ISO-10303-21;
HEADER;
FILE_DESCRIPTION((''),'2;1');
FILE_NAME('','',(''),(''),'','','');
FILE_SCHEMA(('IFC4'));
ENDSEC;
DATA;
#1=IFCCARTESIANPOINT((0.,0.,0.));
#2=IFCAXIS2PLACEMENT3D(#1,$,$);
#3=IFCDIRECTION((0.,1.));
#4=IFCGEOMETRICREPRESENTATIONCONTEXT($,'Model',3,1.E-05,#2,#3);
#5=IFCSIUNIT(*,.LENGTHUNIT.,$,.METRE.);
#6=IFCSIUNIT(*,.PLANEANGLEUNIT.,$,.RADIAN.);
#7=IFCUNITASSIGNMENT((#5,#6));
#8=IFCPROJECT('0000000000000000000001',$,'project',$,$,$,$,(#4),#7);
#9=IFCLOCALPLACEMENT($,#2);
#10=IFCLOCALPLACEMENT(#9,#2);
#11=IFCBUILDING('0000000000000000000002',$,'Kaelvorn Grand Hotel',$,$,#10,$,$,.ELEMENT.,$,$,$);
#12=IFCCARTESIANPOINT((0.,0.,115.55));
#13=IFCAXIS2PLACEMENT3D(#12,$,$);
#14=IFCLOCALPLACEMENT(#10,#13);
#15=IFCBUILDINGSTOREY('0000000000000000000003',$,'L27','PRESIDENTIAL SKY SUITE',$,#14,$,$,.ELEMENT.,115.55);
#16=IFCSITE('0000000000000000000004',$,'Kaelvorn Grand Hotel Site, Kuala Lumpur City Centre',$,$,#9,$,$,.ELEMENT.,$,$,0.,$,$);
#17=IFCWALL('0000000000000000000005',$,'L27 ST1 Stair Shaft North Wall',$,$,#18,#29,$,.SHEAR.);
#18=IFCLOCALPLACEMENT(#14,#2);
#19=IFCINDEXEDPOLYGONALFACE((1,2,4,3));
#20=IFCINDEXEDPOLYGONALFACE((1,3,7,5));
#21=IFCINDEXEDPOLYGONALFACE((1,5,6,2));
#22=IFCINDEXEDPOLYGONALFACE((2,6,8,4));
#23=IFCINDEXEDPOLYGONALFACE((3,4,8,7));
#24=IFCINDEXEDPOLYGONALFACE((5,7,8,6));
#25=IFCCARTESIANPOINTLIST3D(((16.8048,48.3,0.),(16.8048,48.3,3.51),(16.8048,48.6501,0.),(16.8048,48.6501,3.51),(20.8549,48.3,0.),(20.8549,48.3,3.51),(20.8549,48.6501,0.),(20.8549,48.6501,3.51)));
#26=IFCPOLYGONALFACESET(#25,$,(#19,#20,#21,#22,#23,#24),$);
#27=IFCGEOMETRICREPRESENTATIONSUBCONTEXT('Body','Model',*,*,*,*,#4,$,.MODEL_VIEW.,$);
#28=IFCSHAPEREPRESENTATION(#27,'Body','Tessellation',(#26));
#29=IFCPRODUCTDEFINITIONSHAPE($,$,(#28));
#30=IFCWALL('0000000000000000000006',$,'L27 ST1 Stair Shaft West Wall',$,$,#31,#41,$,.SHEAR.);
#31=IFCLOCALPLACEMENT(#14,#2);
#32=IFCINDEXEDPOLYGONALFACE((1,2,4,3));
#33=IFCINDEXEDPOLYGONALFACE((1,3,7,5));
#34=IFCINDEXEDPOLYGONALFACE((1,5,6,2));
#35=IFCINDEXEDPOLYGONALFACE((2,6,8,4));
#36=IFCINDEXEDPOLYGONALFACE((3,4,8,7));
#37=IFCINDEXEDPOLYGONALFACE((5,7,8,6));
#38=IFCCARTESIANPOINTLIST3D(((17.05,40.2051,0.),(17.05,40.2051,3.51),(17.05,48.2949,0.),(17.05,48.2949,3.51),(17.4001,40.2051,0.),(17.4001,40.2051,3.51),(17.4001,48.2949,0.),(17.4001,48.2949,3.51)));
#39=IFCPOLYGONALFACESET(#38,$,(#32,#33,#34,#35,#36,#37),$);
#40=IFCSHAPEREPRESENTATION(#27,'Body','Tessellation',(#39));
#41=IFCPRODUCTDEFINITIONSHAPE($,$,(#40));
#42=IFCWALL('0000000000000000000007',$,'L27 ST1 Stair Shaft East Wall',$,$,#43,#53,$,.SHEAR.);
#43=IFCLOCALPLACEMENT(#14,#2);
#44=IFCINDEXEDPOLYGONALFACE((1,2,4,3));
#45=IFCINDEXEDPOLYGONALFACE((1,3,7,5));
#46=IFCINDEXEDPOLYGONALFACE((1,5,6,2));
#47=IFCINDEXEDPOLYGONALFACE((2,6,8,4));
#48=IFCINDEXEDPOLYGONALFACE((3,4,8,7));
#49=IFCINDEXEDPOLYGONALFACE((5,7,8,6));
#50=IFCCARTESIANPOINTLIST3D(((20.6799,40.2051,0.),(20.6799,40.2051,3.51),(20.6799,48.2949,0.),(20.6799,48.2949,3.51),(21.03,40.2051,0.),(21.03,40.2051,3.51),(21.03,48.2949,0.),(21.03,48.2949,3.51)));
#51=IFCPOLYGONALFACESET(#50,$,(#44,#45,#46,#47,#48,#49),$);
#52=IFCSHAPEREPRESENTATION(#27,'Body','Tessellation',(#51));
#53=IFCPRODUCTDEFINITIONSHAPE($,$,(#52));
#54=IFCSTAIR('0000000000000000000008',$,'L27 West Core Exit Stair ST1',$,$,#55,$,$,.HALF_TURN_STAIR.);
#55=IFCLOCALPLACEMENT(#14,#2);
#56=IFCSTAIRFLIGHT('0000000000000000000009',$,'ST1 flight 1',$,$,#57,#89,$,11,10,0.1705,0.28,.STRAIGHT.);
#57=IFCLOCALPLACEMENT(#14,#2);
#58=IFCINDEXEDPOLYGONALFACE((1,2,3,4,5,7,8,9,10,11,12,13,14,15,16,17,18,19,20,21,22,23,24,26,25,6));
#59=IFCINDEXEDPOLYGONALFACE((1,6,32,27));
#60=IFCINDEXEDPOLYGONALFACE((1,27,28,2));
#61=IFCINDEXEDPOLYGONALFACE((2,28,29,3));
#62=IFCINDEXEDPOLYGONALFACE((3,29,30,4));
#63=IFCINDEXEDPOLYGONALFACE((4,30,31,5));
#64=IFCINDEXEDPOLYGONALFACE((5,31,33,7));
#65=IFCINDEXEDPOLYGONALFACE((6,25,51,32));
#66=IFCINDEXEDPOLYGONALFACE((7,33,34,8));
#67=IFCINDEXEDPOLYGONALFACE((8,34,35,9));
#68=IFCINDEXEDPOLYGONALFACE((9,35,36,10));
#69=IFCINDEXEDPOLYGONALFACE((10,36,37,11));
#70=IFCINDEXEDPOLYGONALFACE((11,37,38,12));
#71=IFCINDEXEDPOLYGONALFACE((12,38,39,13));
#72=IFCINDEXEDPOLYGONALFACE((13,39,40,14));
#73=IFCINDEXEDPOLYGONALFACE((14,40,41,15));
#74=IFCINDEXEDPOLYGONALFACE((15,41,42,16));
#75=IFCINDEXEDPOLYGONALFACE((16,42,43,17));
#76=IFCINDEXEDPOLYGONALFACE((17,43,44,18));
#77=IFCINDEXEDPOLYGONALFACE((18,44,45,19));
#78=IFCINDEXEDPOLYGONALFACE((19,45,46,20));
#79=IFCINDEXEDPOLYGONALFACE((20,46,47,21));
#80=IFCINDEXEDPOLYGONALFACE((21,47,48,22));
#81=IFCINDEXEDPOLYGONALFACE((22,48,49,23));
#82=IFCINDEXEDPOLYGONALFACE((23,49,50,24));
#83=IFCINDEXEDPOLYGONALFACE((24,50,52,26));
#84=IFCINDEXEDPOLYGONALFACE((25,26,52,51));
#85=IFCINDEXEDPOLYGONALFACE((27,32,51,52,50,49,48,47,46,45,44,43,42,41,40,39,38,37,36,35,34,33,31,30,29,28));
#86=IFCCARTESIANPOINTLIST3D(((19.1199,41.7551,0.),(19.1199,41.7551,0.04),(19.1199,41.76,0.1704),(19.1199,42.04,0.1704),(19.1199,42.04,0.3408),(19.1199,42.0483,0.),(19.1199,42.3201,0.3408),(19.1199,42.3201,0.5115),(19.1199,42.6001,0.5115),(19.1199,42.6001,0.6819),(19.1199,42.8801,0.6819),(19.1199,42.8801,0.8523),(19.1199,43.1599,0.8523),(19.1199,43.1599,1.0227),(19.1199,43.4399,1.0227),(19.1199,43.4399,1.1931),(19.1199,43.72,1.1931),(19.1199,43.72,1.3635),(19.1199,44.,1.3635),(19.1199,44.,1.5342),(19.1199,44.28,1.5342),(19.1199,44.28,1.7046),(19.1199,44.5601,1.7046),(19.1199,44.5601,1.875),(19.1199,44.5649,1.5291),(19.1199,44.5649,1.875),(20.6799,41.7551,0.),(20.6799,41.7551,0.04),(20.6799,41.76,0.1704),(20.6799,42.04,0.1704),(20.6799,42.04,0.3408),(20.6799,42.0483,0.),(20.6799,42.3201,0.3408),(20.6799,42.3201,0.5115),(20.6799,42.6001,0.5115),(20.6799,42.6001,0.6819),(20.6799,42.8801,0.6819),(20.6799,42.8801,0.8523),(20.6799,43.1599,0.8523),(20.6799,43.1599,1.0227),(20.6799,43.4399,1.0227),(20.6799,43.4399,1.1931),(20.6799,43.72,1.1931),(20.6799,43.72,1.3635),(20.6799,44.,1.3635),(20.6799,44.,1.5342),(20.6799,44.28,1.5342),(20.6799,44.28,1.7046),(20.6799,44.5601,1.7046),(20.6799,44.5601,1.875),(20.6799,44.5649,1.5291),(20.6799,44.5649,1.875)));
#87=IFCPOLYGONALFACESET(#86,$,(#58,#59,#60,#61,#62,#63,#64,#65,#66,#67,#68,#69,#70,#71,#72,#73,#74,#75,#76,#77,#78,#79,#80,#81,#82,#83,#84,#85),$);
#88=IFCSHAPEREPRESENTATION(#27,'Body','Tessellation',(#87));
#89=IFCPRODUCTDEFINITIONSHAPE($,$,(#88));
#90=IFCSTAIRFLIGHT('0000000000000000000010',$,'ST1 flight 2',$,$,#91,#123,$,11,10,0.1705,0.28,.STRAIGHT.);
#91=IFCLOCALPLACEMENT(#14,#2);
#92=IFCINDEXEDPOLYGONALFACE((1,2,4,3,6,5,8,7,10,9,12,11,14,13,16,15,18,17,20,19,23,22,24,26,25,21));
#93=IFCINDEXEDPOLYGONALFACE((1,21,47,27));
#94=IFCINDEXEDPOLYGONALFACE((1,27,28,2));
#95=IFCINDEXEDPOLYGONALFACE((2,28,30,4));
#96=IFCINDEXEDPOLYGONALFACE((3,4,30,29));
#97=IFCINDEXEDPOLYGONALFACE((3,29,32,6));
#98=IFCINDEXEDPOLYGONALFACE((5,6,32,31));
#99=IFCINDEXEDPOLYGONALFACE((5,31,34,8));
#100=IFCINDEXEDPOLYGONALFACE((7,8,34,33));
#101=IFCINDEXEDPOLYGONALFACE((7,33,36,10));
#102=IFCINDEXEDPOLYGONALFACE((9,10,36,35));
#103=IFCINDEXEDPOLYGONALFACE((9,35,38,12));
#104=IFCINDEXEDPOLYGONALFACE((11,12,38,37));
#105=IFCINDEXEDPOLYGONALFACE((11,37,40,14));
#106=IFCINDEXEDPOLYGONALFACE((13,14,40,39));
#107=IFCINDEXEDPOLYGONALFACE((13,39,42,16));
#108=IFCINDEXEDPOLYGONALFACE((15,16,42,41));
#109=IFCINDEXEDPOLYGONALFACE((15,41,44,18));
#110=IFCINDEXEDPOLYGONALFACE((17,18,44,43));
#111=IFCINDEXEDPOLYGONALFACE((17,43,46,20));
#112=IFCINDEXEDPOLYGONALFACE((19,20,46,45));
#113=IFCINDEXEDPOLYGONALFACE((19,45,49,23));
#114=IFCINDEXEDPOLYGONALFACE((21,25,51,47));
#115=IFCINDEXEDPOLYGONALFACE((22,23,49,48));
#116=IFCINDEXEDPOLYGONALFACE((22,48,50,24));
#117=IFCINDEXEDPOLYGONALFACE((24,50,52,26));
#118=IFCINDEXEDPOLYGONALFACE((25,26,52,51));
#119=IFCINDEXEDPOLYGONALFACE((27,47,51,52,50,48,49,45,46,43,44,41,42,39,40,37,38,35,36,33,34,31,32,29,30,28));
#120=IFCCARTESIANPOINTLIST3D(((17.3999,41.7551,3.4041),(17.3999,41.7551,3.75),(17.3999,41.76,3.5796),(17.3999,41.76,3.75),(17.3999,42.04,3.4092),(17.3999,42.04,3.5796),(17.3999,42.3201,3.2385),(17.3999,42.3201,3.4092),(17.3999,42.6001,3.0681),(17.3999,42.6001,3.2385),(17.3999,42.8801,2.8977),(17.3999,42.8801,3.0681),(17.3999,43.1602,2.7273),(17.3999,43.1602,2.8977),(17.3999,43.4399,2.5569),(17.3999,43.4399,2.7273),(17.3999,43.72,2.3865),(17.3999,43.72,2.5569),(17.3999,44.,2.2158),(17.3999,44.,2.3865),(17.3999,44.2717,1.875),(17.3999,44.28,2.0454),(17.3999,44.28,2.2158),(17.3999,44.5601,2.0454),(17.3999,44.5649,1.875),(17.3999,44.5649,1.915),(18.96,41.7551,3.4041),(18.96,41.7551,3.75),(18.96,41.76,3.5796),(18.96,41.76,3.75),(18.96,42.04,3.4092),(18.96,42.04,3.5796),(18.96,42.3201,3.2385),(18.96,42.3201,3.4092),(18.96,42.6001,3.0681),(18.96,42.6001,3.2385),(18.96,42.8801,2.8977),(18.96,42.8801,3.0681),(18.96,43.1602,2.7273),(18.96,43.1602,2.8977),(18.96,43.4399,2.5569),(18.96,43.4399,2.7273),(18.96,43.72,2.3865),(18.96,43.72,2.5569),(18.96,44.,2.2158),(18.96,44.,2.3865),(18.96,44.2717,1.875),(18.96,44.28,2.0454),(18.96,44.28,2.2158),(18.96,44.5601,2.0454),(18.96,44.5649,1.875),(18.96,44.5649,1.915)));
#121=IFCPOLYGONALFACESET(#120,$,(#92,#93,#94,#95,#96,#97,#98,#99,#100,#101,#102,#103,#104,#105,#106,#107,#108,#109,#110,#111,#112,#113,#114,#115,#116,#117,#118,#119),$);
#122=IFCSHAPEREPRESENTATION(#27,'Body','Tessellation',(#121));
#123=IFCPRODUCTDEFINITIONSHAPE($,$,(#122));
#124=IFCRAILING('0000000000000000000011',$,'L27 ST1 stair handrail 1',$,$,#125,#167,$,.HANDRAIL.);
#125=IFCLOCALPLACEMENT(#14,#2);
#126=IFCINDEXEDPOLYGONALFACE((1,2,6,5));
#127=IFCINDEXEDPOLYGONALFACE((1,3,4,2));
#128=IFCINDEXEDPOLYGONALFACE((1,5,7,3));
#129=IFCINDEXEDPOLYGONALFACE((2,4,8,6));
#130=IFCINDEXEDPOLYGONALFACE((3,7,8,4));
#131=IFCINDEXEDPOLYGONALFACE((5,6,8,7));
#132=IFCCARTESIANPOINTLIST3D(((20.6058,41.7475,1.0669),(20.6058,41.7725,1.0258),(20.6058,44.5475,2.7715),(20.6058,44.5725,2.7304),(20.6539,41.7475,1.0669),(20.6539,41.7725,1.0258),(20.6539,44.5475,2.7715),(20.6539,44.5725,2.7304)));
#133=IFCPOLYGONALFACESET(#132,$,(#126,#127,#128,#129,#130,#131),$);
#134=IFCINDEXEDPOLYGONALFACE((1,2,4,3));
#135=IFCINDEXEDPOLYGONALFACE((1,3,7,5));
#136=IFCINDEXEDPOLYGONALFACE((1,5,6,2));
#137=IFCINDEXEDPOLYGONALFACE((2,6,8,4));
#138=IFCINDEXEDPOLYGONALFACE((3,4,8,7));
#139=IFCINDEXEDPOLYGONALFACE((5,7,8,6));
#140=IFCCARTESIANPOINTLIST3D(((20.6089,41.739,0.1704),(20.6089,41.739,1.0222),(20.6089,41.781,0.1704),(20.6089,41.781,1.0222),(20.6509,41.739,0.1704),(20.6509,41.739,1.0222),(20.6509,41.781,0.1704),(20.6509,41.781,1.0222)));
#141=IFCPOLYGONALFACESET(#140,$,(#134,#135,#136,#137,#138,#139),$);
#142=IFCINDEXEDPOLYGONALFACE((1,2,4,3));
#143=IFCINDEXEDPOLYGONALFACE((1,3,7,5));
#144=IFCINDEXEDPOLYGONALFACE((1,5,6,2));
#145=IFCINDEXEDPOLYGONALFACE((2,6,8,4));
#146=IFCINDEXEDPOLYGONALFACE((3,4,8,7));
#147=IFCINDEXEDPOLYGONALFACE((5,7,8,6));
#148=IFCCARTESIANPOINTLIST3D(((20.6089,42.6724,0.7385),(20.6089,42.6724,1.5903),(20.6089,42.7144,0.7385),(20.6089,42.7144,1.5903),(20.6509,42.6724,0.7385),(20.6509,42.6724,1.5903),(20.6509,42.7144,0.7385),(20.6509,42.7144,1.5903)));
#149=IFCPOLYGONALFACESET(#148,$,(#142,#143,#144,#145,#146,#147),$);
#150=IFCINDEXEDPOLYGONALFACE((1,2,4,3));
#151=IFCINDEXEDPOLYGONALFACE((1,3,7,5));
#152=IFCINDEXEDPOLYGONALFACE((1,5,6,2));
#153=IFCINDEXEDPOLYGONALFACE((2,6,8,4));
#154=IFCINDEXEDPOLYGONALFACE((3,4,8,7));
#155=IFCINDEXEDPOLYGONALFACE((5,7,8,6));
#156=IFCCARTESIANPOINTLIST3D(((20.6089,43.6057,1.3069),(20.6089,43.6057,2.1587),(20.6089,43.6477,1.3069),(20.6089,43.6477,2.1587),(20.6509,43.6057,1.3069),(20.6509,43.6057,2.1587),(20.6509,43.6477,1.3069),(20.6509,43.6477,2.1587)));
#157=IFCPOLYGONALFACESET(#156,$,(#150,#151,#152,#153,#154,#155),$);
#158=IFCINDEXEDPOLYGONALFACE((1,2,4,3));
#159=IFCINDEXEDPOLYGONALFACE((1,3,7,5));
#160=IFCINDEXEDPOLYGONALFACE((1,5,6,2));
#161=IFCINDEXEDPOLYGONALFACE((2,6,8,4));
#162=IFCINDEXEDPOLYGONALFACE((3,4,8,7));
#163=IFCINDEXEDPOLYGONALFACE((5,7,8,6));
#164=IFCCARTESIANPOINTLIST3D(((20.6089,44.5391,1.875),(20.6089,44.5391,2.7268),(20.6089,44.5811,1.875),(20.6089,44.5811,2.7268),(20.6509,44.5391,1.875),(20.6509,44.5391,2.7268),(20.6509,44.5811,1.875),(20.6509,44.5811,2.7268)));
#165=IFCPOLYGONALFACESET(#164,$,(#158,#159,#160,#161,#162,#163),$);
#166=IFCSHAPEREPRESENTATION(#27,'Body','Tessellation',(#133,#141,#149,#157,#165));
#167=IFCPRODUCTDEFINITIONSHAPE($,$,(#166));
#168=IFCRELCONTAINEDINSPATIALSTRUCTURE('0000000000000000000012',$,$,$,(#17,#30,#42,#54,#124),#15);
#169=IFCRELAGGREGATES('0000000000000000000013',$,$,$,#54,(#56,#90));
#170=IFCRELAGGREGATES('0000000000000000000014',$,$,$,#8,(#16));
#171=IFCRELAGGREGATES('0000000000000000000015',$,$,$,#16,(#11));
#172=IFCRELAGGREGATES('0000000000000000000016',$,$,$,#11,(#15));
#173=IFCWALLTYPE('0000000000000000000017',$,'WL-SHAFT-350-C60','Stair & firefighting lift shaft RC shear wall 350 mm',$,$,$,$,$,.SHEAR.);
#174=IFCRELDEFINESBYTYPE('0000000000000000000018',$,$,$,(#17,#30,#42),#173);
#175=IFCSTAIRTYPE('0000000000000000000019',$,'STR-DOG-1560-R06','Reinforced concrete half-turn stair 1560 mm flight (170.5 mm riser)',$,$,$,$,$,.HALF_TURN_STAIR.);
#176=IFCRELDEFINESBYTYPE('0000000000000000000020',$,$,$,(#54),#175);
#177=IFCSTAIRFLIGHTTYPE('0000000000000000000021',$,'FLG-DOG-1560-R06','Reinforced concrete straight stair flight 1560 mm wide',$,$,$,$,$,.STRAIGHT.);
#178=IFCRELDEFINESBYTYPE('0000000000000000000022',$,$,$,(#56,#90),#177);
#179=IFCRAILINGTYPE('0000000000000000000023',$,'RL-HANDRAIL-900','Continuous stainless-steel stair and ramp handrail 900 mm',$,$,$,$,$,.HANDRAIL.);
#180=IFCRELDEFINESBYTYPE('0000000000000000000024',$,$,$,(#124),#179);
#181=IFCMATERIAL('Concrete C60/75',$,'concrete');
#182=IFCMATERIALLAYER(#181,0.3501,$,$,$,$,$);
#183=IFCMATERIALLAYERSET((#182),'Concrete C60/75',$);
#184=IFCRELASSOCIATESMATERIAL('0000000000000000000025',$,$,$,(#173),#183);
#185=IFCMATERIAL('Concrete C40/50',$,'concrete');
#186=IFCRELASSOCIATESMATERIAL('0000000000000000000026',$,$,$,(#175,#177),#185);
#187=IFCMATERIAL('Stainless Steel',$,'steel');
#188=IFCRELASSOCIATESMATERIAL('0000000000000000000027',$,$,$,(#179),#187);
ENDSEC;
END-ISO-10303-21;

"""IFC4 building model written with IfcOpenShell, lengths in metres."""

from ifc_helpers import new_model, si_unit, direction, frame, frame_2d, origin, origin_2d, place, context, subcontext, project, spatial, polyline, rectangle, outline, extrude, material, layer, layer_set, type_object, element, aggregate, save


model = new_model("IFC4")

# Units and contexts
model_context = context("Model", 3, precision=1e-05, world=origin(), true_north=direction((0.0, 1.0)))
body_context = subcontext(model_context, "Body", "Model", "MODEL_VIEW")
ifc_project = project(units=[si_unit("LENGTHUNIT", "METRE"), si_unit("PLANEANGLEUNIT", "RADIAN")], contexts=[model_context])

# Site, building, storey
site_placement = place(None, origin())
site = spatial("IfcSite", under=ifc_project, at=site_placement, Name="Kaelvorn Grand Hotel Site, Kuala Lumpur City Centre", CompositionType="ELEMENT", RefElevation=0.0)
building_placement = place(site_placement, origin())
building = spatial("IfcBuilding", under=site, at=building_placement, Name="Kaelvorn Grand Hotel", CompositionType="ELEMENT")
storey_placement = place(building_placement, frame((0.0, 0.0, 115.55)))
storey = spatial("IfcBuildingStorey", under=building, at=storey_placement, Name="L27", Description="PRESIDENTIAL SKY SUITE", CompositionType="ELEMENT", Elevation=115.55)

# Shared definitions
ifc_material_1 = material(Name="Concrete C60/75", Category="concrete")

# Shared definitions
ifc_material_2 = material(Name="Concrete C40/50", Category="concrete")

# Shared definitions
ifc_material_3 = material(Name="Stainless Steel", Category="steel")

# Shared definitions
ifc_layer_1 = layer(ifc_material_1, 0.3501)
ifc_layer_set_1 = layer_set([ifc_layer_1], Name="Concrete C60/75")
wall_type_1 = type_object("IfcWallType", Name="WL-SHAFT-350-C60", Description="Stair & firefighting lift shaft RC shear wall 350 mm", PredefinedType="SHEAR", material=ifc_layer_set_1)

# Walls
wall_1_placement = place(storey_placement, frame((16.8049, 48.4751, 0.0), z_axis=(0.0, 0.0, 1.0), x_axis=(1.0, 0.0, 0.0)))
element("IfcWall", 1, at=wall_1_placement, inside=storey, type_object=wall_type_1, Name="L27 ST1 Stair Shaft North Wall", PredefinedType="SHEAR", context=body_context, shape_type="SweptSolid", body=[
    extrude(rectangle(XDim=4.05, YDim=0.3501, at=frame_2d((2.0249, 0.0))), origin(), (0.0, 0.0, 1.0), 3.51),
])
for number, where, z_axis, x_axis, name in (
    (2, (17.2251, 40.2051, 0.0), (0.0, 0.0, 1.0), (0.0, 1.0, 0.0), "L27 ST1 Stair Shaft West Wall"),
    (3, (20.855, 40.2051, 0.0), (0.0, 0.0, 1.0), (0.0, 1.0, 0.0), "L27 ST1 Stair Shaft East Wall"),
):
    element("IfcWall", number, at=place(storey_placement, frame(where, z_axis=z_axis, x_axis=x_axis)), inside=storey, type_object=wall_type_1, Name=name, PredefinedType="SHEAR", context=body_context, shape_type="SweptSolid", body=[
        extrude(rectangle(XDim=8.0898, YDim=0.3501, at=frame_2d((4.0449, 0.0))), origin(), (0.0, 0.0, 1.0), 3.51),
    ])

# Stair, stair flights
stair_type = type_object("IfcStairType", Name="STR-DOG-1560-R06", Description="Reinforced concrete half-turn stair 1560 mm flight (170.5 mm riser)", PredefinedType="HALF_TURN_STAIR", material=ifc_material_2)
stair_placement = place(storey_placement, origin())
stair = element("IfcStair", 4, at=stair_placement, inside=storey, type_object=stair_type, Name="L27 West Core Exit Stair ST1", PredefinedType="HALF_TURN_STAIR")
stair_flight_type = type_object("IfcStairFlightType", Name="FLG-DOG-1560-R06", Description="Reinforced concrete straight stair flight 1560 mm wide", PredefinedType="STRAIGHT", material=ifc_material_2)
stair_flight_1_placement = place(storey_placement, frame((19.8999, 41.76, 0.0), z_axis=(0.0, 0.0, 1.0), x_axis=(0.0, 1.0, 0.0)))
stair_flight_1 = element("IfcStairFlight", 5, at=stair_flight_1_placement, type_object=stair_flight_type, Name="ST1 flight 1", NumberOfRisers=11, NumberOfTreads=10, PredefinedType="STRAIGHT", RiserHeight=0.1705, TreadLength=0.28, context=body_context, shape_type="SweptSolid", body=[
    extrude(outline(polyline([(-0.0049, 0.0), (-0.0049, 0.04), (0.0, 0.1704), (0.28, 0.1704), (0.28, 0.3408), (0.5601, 0.3408), (0.5601, 0.5115), (0.8401, 0.5115), (0.8401, 0.6819), (1.1201, 0.6819), (1.1201, 0.8523), (1.3999, 0.8523), (1.3999, 1.0227), (1.6799, 1.0227), (1.6799, 1.1931), (1.96, 1.1931), (1.96, 1.3635), (2.24, 1.3635), (2.24, 1.5342), (2.52, 1.5342), (2.52, 1.7046), (2.8, 1.7046), (2.8, 1.875), (2.8049, 1.875), (2.8049, 1.5291), (0.2883, 0.0), (-0.0049, 0.0)])), frame((0.0, 0.78, 0.0), z_axis=(0.0, -1.0, 0.0), x_axis=(1.0, 0.0, 0.0)), (0.0, 0.0, 1.0), 1.5601),
])
stair_flight_2_placement = place(storey_placement, frame((18.1799, 44.5601, 1.875), z_axis=(0.0, 0.0, 1.0), x_axis=(0.0, -1.0, 0.0)))
stair_flight_2 = element("IfcStairFlight", 6, at=stair_flight_2_placement, type_object=stair_flight_type, Name="ST1 flight 2", NumberOfRisers=11, NumberOfTreads=10, PredefinedType="STRAIGHT", RiserHeight=0.1705, TreadLength=0.28, context=body_context, shape_type="SweptSolid", body=[
    extrude(outline(polyline([(-0.0049, 0.0), (-0.0049, 0.04), (0.0, 0.1704), (0.28, 0.1704), (0.28, 0.3408), (0.5601, 0.3408), (0.5601, 0.5115), (0.8401, 0.5115), (0.8401, 0.6819), (1.1201, 0.6819), (1.1201, 0.8523), (1.3999, 0.8523), (1.3999, 1.0227), (1.6799, 1.0227), (1.6799, 1.1931), (1.96, 1.1931), (1.96, 1.3635), (2.24, 1.3635), (2.24, 1.5342), (2.52, 1.5342), (2.52, 1.7046), (2.8, 1.7046), (2.8, 1.875), (2.8049, 1.875), (2.8049, 1.5291), (0.2883, 0.0), (-0.0049, 0.0)])), frame((0.0, 0.78, 0.0), z_axis=(0.0, -1.0, 0.0), x_axis=(1.0, 0.0, 0.0)), (0.0, 0.0, 1.0), 1.5601),
])
aggregate(stair, [stair_flight_1, stair_flight_2])

# Railing
railing_type_1 = type_object("IfcRailingType", Name="RL-HANDRAIL-900", Description="Continuous stainless-steel stair and ramp handrail 900 mm", PredefinedType="HANDRAIL", material=ifc_material_3)
railing_1_placement = place(storey_placement, frame((20.6299, 41.76, 0.1704)))
element("IfcRailing", 7, at=railing_1_placement, inside=storey, type_object=railing_type_1, Name="L27 ST1 stair handrail 1", PredefinedType="HANDRAIL", context=body_context, shape_type="SweptSolid", body=[
    extrude(rectangle(XDim=0.0481, YDim=0.0481, at=origin_2d()), frame((0.0, 0.0, 0.876), z_axis=(0.0, 0.85417, 0.519994), x_axis=(-1.0, 0.0, 0.0)), (0.0, 0.0, 1.0), 3.2781),
    extrude(rectangle(XDim=0.042, YDim=0.042, at=origin_2d()), origin(), (0.0, 0.0, 1.0), 0.8518),
    extrude(rectangle(XDim=0.042, YDim=0.042, at=origin_2d()), frame((0.0, 0.9333, 0.5681)), (0.0, 0.0, 1.0), 0.8518),
    extrude(rectangle(XDim=0.042, YDim=0.042, at=origin_2d()), frame((0.0, 1.8667, 1.1365)), (0.0, 0.0, 1.0), 0.8518),
    extrude(rectangle(XDim=0.042, YDim=0.042, at=origin_2d()), frame((0.0, 2.8, 1.7046)), (0.0, 0.0, 1.0), 0.8518),
])

save(model, "model.ifc")
